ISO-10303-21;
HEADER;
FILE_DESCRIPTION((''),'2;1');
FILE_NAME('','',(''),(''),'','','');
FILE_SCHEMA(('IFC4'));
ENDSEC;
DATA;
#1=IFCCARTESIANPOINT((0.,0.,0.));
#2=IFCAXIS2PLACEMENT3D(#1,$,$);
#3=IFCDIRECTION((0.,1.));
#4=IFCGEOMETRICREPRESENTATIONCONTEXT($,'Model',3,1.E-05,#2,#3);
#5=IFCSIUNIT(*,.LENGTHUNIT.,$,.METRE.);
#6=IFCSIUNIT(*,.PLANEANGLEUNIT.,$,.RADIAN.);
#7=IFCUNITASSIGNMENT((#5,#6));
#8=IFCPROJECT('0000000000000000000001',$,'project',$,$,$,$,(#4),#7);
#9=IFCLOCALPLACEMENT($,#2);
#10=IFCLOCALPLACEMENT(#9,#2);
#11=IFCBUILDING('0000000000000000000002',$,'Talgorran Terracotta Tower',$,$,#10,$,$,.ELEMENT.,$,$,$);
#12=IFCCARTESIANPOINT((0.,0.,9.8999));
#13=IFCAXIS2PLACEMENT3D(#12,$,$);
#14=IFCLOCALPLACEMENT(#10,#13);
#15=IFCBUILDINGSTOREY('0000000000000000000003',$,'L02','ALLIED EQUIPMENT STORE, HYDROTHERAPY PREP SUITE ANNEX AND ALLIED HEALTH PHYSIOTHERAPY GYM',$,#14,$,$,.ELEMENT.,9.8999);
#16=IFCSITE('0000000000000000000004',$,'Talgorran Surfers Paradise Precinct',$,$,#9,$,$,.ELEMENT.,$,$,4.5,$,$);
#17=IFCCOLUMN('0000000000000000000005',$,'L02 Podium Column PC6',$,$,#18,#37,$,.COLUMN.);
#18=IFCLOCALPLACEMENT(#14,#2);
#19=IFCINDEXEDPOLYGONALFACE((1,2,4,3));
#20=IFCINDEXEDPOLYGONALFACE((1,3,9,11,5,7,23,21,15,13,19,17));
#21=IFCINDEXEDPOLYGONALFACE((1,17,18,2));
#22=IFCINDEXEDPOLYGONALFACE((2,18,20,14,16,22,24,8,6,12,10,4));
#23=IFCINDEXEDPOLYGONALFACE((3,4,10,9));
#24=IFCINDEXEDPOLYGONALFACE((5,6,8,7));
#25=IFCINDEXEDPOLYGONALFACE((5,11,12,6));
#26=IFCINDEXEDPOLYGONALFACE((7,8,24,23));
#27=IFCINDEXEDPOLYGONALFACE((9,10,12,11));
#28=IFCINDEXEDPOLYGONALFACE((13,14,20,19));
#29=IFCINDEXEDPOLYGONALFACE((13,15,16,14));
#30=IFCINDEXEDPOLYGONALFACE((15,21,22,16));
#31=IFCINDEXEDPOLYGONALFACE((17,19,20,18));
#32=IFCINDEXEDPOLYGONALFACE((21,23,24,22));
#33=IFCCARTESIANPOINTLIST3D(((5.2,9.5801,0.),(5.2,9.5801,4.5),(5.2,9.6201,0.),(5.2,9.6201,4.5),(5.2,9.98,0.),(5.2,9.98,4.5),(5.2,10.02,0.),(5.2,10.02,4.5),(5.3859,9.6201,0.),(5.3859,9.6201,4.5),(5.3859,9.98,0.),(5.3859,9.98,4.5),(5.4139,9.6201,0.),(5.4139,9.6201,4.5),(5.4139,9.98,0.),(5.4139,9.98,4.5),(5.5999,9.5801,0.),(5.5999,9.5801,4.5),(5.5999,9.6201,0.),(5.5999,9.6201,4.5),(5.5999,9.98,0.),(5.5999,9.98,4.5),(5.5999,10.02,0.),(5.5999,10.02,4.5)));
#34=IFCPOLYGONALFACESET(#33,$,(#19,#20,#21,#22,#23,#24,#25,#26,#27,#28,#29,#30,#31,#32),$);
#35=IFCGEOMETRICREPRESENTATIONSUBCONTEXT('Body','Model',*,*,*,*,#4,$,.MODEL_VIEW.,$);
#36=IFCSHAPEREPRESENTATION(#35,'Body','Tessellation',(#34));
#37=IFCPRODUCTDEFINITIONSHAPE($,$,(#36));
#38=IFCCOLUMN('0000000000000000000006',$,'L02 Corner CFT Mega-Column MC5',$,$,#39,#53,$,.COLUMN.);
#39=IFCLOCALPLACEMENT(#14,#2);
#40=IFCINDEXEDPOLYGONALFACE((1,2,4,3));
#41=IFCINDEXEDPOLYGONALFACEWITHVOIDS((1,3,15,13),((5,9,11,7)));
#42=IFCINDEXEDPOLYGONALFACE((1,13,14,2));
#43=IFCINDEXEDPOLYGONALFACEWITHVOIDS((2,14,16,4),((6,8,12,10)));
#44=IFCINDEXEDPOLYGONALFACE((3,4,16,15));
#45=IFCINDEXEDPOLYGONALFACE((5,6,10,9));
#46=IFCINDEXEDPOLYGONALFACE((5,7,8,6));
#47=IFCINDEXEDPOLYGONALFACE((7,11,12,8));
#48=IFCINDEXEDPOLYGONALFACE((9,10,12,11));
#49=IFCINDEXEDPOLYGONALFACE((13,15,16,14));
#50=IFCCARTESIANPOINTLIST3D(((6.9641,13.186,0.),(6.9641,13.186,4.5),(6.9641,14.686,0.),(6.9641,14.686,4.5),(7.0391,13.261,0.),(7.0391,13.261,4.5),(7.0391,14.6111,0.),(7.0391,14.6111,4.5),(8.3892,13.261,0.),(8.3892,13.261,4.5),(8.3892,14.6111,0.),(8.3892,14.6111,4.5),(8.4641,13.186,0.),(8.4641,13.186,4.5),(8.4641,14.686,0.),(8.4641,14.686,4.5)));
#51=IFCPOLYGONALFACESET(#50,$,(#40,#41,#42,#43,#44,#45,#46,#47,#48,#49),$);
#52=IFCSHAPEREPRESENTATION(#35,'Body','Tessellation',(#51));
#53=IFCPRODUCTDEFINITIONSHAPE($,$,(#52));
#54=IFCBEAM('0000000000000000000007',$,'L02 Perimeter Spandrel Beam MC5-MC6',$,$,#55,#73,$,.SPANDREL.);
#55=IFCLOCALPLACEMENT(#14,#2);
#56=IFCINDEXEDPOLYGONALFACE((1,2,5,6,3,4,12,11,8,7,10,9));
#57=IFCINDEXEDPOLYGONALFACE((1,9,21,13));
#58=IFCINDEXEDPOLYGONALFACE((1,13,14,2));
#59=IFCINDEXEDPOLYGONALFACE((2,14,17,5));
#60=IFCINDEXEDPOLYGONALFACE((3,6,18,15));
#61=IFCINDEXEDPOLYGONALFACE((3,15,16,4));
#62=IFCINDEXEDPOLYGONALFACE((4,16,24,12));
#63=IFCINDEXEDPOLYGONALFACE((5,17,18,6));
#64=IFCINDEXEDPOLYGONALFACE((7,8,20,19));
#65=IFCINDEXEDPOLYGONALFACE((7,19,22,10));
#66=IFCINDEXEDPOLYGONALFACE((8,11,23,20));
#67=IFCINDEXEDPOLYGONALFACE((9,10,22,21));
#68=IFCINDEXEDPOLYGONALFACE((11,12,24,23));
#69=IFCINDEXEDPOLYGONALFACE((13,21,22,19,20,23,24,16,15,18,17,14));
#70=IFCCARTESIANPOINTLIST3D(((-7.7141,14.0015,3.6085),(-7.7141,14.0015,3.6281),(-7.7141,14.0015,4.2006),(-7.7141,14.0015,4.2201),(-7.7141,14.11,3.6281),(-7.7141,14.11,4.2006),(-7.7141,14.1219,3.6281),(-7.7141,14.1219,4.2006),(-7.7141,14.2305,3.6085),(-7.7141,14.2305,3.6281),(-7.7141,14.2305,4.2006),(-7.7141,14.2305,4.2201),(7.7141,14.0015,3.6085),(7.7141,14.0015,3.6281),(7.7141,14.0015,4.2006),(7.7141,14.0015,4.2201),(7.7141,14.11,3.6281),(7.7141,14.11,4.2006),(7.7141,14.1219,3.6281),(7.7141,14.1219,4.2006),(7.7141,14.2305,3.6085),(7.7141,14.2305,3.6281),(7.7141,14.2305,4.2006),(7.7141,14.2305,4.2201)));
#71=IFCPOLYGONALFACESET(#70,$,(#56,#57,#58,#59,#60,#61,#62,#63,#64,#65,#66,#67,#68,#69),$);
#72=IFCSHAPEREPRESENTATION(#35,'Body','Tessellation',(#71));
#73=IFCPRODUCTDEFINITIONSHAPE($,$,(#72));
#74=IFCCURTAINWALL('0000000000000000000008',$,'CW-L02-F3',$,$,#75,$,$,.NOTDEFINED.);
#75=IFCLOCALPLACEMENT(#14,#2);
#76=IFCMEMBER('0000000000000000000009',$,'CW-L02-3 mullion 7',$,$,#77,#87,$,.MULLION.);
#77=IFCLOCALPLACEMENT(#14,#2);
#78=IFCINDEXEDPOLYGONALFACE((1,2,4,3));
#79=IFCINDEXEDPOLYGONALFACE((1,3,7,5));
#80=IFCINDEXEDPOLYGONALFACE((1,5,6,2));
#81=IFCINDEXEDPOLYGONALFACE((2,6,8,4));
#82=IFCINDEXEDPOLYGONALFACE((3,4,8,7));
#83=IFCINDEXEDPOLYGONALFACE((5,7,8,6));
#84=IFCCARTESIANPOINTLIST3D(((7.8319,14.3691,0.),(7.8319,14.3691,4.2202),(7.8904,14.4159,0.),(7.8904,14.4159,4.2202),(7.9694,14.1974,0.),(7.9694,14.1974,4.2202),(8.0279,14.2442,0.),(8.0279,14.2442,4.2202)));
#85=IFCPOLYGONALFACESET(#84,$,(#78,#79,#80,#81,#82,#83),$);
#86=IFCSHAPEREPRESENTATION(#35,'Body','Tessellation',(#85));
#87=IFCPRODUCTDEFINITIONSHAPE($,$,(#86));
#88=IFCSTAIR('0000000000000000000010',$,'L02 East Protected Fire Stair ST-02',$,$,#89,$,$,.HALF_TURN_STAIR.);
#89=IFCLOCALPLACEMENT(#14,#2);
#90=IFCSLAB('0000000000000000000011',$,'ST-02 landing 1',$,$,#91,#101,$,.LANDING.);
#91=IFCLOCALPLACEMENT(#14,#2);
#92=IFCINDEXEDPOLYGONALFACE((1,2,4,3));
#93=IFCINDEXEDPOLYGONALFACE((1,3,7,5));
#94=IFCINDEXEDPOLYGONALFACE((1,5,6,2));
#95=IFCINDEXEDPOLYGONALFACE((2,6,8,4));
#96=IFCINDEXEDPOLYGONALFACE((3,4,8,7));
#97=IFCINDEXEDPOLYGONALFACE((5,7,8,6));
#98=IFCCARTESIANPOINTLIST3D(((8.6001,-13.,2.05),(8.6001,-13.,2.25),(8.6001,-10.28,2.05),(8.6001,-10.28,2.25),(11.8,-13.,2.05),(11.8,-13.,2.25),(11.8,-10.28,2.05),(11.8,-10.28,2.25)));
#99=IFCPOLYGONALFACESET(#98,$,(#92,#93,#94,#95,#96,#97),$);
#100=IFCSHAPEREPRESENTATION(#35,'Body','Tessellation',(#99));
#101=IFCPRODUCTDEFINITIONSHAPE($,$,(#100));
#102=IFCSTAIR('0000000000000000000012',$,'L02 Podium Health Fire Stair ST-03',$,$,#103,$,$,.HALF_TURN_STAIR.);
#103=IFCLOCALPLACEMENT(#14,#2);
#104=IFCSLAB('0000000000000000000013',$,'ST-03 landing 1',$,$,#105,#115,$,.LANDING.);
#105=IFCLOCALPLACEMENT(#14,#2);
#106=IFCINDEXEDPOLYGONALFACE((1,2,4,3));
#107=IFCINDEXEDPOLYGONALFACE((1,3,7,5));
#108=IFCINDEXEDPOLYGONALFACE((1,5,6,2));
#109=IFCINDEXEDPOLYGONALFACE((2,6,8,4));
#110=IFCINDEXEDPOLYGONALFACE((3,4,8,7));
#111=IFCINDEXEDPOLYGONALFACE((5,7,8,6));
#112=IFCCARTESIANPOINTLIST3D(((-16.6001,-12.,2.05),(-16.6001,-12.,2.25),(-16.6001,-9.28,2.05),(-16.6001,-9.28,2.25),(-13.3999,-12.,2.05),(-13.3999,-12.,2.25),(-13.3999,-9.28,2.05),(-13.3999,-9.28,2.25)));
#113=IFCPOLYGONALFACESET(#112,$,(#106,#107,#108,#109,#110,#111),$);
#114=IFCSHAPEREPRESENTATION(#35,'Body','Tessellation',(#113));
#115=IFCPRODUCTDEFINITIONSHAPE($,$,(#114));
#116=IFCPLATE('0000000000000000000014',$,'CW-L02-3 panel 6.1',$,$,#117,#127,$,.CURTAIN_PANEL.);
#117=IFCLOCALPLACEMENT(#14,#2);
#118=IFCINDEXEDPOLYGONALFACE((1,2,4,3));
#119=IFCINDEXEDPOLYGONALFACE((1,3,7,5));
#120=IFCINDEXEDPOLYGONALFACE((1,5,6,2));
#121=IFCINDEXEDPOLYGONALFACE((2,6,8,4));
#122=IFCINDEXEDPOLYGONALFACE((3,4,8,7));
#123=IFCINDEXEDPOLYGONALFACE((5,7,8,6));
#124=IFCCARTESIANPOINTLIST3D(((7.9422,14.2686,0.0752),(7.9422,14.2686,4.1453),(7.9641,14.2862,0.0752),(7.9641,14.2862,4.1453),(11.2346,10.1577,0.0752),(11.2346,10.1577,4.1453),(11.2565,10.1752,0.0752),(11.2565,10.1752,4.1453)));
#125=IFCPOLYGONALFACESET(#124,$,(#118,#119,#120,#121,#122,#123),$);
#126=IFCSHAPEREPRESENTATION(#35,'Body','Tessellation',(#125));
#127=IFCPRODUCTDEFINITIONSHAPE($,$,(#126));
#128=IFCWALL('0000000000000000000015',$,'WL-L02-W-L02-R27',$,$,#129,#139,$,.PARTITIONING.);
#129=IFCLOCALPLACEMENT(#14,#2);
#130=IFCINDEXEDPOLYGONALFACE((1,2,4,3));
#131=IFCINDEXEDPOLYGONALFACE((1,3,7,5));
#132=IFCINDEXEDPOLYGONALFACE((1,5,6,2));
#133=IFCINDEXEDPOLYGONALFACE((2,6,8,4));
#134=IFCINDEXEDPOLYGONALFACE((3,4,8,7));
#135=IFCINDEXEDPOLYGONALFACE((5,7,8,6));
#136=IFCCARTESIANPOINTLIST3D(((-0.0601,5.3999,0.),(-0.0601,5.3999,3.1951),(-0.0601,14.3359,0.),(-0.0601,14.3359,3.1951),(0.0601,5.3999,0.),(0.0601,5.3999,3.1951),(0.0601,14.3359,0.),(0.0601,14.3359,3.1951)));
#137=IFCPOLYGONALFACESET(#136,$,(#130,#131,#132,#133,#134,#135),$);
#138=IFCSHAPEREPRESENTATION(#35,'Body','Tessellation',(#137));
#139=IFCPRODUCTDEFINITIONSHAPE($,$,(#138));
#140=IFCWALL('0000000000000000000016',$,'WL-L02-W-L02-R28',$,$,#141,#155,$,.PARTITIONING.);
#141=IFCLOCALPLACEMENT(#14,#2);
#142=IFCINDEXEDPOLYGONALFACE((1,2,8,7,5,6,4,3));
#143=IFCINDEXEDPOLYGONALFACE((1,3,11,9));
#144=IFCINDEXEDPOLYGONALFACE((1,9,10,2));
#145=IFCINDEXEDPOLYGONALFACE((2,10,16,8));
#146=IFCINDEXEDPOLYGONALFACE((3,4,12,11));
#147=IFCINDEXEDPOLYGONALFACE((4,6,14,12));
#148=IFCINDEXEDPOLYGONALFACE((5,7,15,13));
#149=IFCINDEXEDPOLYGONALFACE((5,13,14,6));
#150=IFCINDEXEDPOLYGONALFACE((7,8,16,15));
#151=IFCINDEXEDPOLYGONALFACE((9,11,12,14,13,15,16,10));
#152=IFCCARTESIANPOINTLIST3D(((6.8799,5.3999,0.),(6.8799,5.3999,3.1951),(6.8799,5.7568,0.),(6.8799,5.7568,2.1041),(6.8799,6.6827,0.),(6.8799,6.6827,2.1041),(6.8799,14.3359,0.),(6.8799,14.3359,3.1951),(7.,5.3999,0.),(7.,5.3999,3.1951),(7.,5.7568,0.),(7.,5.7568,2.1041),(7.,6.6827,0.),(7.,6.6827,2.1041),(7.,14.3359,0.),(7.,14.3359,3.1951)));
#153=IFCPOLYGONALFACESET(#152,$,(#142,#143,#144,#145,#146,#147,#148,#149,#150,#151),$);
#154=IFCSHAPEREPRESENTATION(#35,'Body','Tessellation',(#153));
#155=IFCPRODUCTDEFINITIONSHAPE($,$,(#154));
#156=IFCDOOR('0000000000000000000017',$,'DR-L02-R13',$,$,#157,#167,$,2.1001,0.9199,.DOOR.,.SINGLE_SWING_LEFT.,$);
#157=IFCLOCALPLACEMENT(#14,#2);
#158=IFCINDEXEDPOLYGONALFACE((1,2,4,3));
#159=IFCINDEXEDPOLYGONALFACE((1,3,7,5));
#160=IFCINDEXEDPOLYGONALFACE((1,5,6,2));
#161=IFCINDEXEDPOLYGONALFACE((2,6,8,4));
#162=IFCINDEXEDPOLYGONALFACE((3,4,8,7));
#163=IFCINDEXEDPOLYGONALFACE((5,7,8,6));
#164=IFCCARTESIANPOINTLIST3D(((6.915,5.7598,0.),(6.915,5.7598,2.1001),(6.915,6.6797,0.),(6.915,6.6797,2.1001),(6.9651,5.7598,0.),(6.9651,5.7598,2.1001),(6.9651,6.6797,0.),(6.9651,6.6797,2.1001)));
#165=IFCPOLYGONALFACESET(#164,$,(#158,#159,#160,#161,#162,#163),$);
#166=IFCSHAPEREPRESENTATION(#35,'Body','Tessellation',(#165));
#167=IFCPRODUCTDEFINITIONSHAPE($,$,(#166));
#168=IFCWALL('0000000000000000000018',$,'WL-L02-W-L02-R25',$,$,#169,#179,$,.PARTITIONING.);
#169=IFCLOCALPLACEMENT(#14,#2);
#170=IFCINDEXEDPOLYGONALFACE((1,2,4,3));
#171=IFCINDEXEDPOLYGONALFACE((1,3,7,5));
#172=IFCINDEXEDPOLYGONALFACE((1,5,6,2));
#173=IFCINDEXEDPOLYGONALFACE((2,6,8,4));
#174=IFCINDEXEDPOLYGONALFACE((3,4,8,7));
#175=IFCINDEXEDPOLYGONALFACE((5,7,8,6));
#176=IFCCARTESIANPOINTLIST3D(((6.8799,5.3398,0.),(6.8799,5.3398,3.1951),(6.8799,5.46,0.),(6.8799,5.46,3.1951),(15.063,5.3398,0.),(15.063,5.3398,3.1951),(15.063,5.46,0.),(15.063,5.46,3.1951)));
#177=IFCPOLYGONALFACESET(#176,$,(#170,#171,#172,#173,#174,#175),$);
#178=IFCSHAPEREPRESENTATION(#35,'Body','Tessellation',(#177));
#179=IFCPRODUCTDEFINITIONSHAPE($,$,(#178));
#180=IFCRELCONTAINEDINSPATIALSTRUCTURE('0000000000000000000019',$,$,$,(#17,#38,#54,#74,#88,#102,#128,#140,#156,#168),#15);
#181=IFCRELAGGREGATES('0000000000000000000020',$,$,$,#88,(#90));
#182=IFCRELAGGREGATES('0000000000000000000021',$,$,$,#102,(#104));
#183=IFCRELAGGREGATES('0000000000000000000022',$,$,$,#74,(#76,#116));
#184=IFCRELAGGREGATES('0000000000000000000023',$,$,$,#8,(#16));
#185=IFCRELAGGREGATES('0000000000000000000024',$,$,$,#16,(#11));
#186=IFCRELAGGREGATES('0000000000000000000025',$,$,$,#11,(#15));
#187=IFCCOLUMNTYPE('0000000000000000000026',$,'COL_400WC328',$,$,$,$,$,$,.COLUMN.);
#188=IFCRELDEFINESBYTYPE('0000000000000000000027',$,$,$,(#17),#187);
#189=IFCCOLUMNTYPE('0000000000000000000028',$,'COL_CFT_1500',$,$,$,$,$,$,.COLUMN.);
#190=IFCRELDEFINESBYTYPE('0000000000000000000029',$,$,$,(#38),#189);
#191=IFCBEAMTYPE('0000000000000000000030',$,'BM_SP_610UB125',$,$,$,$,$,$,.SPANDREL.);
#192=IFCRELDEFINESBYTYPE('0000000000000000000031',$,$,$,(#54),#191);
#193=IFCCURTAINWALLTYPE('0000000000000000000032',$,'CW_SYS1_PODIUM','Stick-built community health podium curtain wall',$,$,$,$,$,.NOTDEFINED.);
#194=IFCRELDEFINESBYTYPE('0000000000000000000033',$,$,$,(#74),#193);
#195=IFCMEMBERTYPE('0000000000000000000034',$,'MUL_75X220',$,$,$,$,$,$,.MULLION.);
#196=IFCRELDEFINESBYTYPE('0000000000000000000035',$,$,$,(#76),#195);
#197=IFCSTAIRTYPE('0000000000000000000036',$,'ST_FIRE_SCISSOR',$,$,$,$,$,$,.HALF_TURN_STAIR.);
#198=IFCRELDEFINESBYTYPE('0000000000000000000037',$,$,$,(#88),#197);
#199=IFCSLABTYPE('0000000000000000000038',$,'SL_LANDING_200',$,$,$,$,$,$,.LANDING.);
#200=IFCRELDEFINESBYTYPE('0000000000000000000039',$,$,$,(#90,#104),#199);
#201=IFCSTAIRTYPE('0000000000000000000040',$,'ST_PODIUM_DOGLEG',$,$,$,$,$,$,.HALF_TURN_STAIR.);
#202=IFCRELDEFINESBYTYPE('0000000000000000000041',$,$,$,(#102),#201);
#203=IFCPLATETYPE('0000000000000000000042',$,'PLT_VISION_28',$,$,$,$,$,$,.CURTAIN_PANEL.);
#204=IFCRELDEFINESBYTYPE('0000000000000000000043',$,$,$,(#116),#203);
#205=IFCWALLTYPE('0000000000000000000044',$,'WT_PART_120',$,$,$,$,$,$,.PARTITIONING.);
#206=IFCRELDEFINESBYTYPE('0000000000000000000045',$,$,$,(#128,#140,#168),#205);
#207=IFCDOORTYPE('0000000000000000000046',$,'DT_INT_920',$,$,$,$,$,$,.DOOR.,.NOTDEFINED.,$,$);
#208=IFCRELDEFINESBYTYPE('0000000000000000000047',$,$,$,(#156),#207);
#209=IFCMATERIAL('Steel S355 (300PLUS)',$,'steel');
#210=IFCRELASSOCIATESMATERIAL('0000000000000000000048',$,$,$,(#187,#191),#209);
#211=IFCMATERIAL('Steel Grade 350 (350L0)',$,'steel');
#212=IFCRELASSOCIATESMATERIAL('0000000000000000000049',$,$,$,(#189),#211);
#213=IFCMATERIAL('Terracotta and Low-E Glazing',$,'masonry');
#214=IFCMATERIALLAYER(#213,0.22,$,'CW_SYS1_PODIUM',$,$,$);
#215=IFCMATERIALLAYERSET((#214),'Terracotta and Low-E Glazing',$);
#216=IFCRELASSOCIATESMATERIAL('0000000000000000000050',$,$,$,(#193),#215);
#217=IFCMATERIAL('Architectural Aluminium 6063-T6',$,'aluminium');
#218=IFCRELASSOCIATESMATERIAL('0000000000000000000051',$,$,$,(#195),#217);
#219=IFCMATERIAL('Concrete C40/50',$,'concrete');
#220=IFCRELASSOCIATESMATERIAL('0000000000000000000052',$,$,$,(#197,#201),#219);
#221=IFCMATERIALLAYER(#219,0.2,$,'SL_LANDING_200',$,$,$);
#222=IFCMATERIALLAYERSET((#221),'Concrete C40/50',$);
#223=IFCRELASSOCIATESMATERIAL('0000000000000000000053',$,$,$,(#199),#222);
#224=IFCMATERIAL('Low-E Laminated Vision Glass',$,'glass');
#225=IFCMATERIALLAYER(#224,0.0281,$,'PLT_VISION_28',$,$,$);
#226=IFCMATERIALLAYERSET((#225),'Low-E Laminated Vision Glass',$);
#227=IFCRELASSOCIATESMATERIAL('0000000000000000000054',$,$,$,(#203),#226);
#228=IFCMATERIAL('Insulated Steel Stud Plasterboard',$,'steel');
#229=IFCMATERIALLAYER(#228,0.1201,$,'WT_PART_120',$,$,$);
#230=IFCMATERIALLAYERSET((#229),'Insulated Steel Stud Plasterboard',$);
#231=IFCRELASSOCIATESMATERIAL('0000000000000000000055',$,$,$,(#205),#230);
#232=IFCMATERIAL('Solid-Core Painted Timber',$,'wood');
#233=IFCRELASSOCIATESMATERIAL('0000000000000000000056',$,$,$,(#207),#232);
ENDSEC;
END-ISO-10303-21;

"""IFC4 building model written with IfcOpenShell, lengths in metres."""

from ifc_helpers import new_model, si_unit, direction, frame, frame_2d, origin, origin_2d, place, context, subcontext, project, spatial, polyline, rectangle, hollow_rectangle, i_section, outline, extrude, source, transform, mapped, material, layer, layer_set, material_profile, profile_set, type_object, type_shapes, element, fill, aggregate, save


model = new_model("IFC4")

# Units and contexts
model_context = context("Model", 3, precision=1e-05, world=origin(), true_north=direction((0.0, 1.0)))
body_context = subcontext(model_context, "Body", "Model", "MODEL_VIEW")
ifc_project = project(units=[si_unit("LENGTHUNIT", "METRE"), si_unit("PLANEANGLEUNIT", "RADIAN")], contexts=[model_context])

# Site, building, storey
site_placement = place(None, origin())
site = spatial("IfcSite", under=ifc_project, at=site_placement, Name="Talgorran Surfers Paradise Precinct", CompositionType="ELEMENT", RefElevation=4.5)
building_placement = place(site_placement, origin())
building = spatial("IfcBuilding", under=site, at=building_placement, Name="Talgorran Terracotta Tower", CompositionType="ELEMENT")
storey_placement = place(building_placement, frame((0.0, 0.0, 9.8999)))
storey = spatial("IfcBuildingStorey", under=building, at=storey_placement, Name="L02", Description="ALLIED EQUIPMENT STORE, HYDROTHERAPY PREP SUITE ANNEX AND ALLIED HEALTH PHYSIOTHERAPY GYM", CompositionType="ELEMENT", Elevation=9.8999)

# Columns
ifc_material_1 = material(Name="Steel S355 (300PLUS)", Category="steel")
ifc_material_profile_1 = material_profile(ifc_material_1, i_section(OverallWidth=0.3999, OverallDepth=0.4399, WebThickness=0.0281, FlangeThickness=0.04, at=origin_2d()), Name="400WC328")
ifc_profile_set_1 = profile_set([ifc_material_profile_1], Name="Steel S355 (300PLUS)")
column_type_1 = type_object("IfcColumnType", Name="COL_400WC328", PredefinedType="COLUMN", material=ifc_profile_set_1)
column_1_placement = place(storey_placement, frame((5.3999, 9.8, 0.0), z_axis=(0.0, 0.0, 1.0), x_axis=(1.0, 0.0, 0.0)))
element("IfcColumn", 1, at=column_1_placement, inside=storey, type_object=column_type_1, Name="L02 Podium Column PC6", PredefinedType="COLUMN", context=body_context, shape_type="SweptSolid", body=[
    extrude(i_section(OverallWidth=0.3999, OverallDepth=0.4399, WebThickness=0.0281, FlangeThickness=0.04, at=origin_2d()), origin(), (0.0, 0.0, 1.0), 4.5),
])
ifc_material_2 = material(Name="Steel Grade 350 (350L0)", Category="steel")
ifc_material_profile_2 = material_profile(ifc_material_2, hollow_rectangle(XDim=1.5, YDim=1.5, WallThickness=0.075, at=origin_2d()), Name="CFT1500X1500X75")
ifc_profile_set_2 = profile_set([ifc_material_profile_2], Name="Steel Grade 350 (350L0)")
column_type_2 = type_object("IfcColumnType", Name="COL_CFT_1500", PredefinedType="COLUMN", material=ifc_profile_set_2)
column_2_placement = place(storey_placement, frame((7.7141, 13.936, 0.0), z_axis=(0.0, 0.0, 1.0), x_axis=(1.0, 0.0, 0.0)))
element("IfcColumn", 2, at=column_2_placement, inside=storey, type_object=column_type_2, Name="L02 Corner CFT Mega-Column MC5", PredefinedType="COLUMN", context=body_context, shape_type="SweptSolid", body=[
    extrude(hollow_rectangle(XDim=1.5, YDim=1.5, WallThickness=0.075, at=origin_2d()), origin(), (0.0, 0.0, 1.0), 4.5),
])

# Beam
ifc_material_profile_3 = material_profile(ifc_material_1, i_section(OverallWidth=0.229, OverallDepth=0.6116, WebThickness=0.012, FlangeThickness=0.0195, at=origin_2d()), Name="610UB125")
ifc_profile_set_3 = profile_set([ifc_material_profile_3], Name="Steel S355 (300PLUS)")
beam_type = type_object("IfcBeamType", Name="BM_SP_610UB125", PredefinedType="SPANDREL", material=ifc_profile_set_3)
beam_placement = place(storey_placement, frame((7.7141, 14.116, 3.9143), z_axis=(-1.0, 0.0, 0.0), x_axis=(0.0, -1.0, 0.0)))
element("IfcBeam", 3, at=beam_placement, inside=storey, type_object=beam_type, Name="L02 Perimeter Spandrel Beam MC5-MC6", PredefinedType="SPANDREL", context=body_context, shape_type="SweptSolid", body=[
    extrude(i_section(OverallWidth=0.229, OverallDepth=0.6116, WebThickness=0.012, FlangeThickness=0.0195, at=origin_2d()), origin(), (0.0, 0.0, 1.0), 15.4282),
])

# Curtain wall, member
ifc_material_3 = material(Name="Terracotta and Low-E Glazing", Category="masonry")
ifc_layer_1 = layer(ifc_material_3, 0.22, Name="CW_SYS1_PODIUM")
ifc_layer_set_1 = layer_set([ifc_layer_1], Name="Terracotta and Low-E Glazing")
curtain_wall_type = type_object("IfcCurtainWallType", Name="CW_SYS1_PODIUM", Description="Stick-built community health podium curtain wall", PredefinedType="NOTDEFINED", material=ifc_layer_set_1)
curtain_wall_placement = place(storey_placement, origin())
curtain_wall = element("IfcCurtainWall", 4, at=curtain_wall_placement, inside=storey, type_object=curtain_wall_type, Name="CW-L02-F3", PredefinedType="NOTDEFINED")
ifc_material_4 = material(Name="Architectural Aluminium 6063-T6", Category="aluminium")
ifc_material_profile_4 = material_profile(ifc_material_4, rectangle(XDim=0.075, YDim=0.22, at=origin_2d()), Name="CWM75X220")
ifc_profile_set_4 = profile_set([ifc_material_profile_4], Name="Architectural Aluminium 6063-T6")
member_type = type_object("IfcMemberType", Name="MUL_75X220", PredefinedType="MULLION", material=ifc_profile_set_4)
member_placement = place(storey_placement, frame((7.9299, 14.3066, 0.0), z_axis=(0.0, 0.0, 1.0), x_axis=(-0.780532, -0.625116, 0.0)))
member = element("IfcMember", 5, at=member_placement, type_object=member_type, Name="CW-L02-3 mullion 7", PredefinedType="MULLION", context=body_context, shape_type="SweptSolid", body=[
    extrude(rectangle(XDim=0.075, YDim=0.22, at=origin_2d()), origin(), (0.0, 0.0, 1.0), 4.2202),
])

# Stairs, slabs
ifc_material_5 = material(Name="Concrete C40/50", Category="concrete")
stair_type_1 = type_object("IfcStairType", Name="ST_FIRE_SCISSOR", PredefinedType="HALF_TURN_STAIR", material=ifc_material_5)
stair_1_placement = place(storey_placement, origin())
stair_1 = element("IfcStair", 6, at=stair_1_placement, inside=storey, type_object=stair_type_1, Name="L02 East Protected Fire Stair ST-02", PredefinedType="HALF_TURN_STAIR")
ifc_layer_2 = layer(ifc_material_5, 0.2, Name="SL_LANDING_200")
ifc_layer_set_2 = layer_set([ifc_layer_2], Name="Concrete C40/50")
slab_type = type_object("IfcSlabType", Name="SL_LANDING_200", PredefinedType="LANDING", material=ifc_layer_set_2)
slab_1_placement = place(storey_placement, frame((0.0, 0.0, 2.05)))
slab_1 = element("IfcSlab", 7, at=slab_1_placement, type_object=slab_type, Name="ST-02 landing 1", PredefinedType="LANDING", context=body_context, shape_type="SweptSolid", body=[
    extrude(outline(polyline([(8.6001, -10.28), (8.6001, -13.0), (11.8, -13.0), (11.8, -10.28), (8.6001, -10.28)])), origin(), (0.0, 0.0, 1.0), 0.2),
])
aggregate(stair_1, [slab_1])
stair_type_2 = type_object("IfcStairType", Name="ST_PODIUM_DOGLEG", PredefinedType="HALF_TURN_STAIR", material=ifc_material_5)
stair_2_placement = place(storey_placement, origin())
stair_2 = element("IfcStair", 8, at=stair_2_placement, inside=storey, type_object=stair_type_2, Name="L02 Podium Health Fire Stair ST-03", PredefinedType="HALF_TURN_STAIR")
slab_2_placement = place(storey_placement, frame((0.0, 0.0, 2.05)))
slab_2 = element("IfcSlab", 9, at=slab_2_placement, type_object=slab_type, Name="ST-03 landing 1", PredefinedType="LANDING", context=body_context, shape_type="SweptSolid", body=[
    extrude(outline(polyline([(-16.6001, -9.28), (-16.6001, -12.0), (-13.3999, -12.0), (-13.3999, -9.28), (-16.6001, -9.28)])), origin(), (0.0, 0.0, 1.0), 0.2),
])
aggregate(stair_2, [slab_2])

# Plate
ifc_material_6 = material(Name="Low-E Laminated Vision Glass", Category="glass")
ifc_layer_3 = layer(ifc_material_6, 0.0281, Name="PLT_VISION_28")
ifc_layer_set_3 = layer_set([ifc_layer_3], Name="Low-E Laminated Vision Glass")
plate_type = type_object("IfcPlateType", Name="PLT_VISION_28", PredefinedType="CURTAIN_PANEL", material=ifc_layer_set_3)
shared_shape = source(origin(), body_context, "Body", "SweptSolid", [
    extrude(rectangle(XDim=5.2668, YDim=0.0281, at=origin_2d()), origin(), (0.0, 0.0, 1.0), 4.0701),
])
type_shapes(plate_type, [shared_shape])
plate_placement = place(storey_placement, frame((9.5994, 12.2219, 0.0752), z_axis=(0.0, 0.0, 1.0), x_axis=(-0.625116, 0.780532, 0.0)))
plate = element("IfcPlate", 10, at=plate_placement, type_object=plate_type, Name="CW-L02-3 panel 6.1", PredefinedType="CURTAIN_PANEL", context=body_context, shape_type="MappedRepresentation", body=[
    mapped(shared_shape, transform((0.0, 0.0, 0.0), scale=1.0)),
])
aggregate(curtain_wall, [member, plate])

# Wall
ifc_material_7 = material(Name="Insulated Steel Stud Plasterboard", Category="steel")
ifc_layer_4 = layer(ifc_material_7, 0.1201, Name="WT_PART_120")
ifc_layer_set_4 = layer_set([ifc_layer_4], Name="Insulated Steel Stud Plasterboard")
wall_type_1 = type_object("IfcWallType", Name="WT_PART_120", PredefinedType="PARTITIONING", material=ifc_layer_set_4)
wall_1_placement = place(storey_placement, frame((0.0, 5.3999, 0.0), z_axis=(0.0, 0.0, 1.0), x_axis=(0.0, 1.0, 0.0)))
element("IfcWall", 11, at=wall_1_placement, inside=storey, type_object=wall_type_1, Name="WL-L02-W-L02-R27", PredefinedType="PARTITIONING", context=body_context, shape_type="SweptSolid", body=[
    extrude(rectangle(XDim=8.936, YDim=0.1201, at=frame_2d((4.468, 0.0))), origin(), (0.0, 0.0, 1.0), 3.1951),
])

# Wall, opening, door
wall_2_placement = place(storey_placement, frame((6.9399, 5.3999, 0.0), z_axis=(0.0, 0.0, 1.0), x_axis=(0.0, 1.0, 0.0)))
wall_2 = element("IfcWall", 12, at=wall_2_placement, inside=storey, type_object=wall_type_1, Name="WL-L02-W-L02-R28", PredefinedType="PARTITIONING", context=body_context, shape_type="SweptSolid", body=[
    extrude(rectangle(XDim=8.936, YDim=0.1201, at=frame_2d((4.468, 0.0))), origin(), (0.0, 0.0, 1.0), 3.1951),
])
opening_1_placement = place(wall_2_placement, frame((0.3599, 0.0, 0.0)))
opening_1 = element("IfcOpeningElement", 13, at=opening_1_placement, cuts=wall_2, PredefinedType="OPENING", context=body_context, shape_type="SweptSolid", body=[
    extrude(rectangle(XDim=0.9259, YDim=2.1041, at=frame_2d((0.46, 1.052))), frame((0.0, 0.0701, 0.0), z_axis=(0.0, -1.0, 0.0), x_axis=(1.0, 0.0, 0.0)), (0.0, 0.0, 1.0), 0.1401),
])
ifc_material_8 = material(Name="Solid-Core Painted Timber", Category="wood")
door_type = type_object("IfcDoorType", Name="DT_INT_920", OperationType="NOTDEFINED", PredefinedType="DOOR", material=ifc_material_8)
door_1_placement = place(opening_1_placement, origin())
door_1 = element("IfcDoor", 14, at=door_1_placement, inside=storey, type_object=door_type, Name="DR-L02-R13", OperationType="SINGLE_SWING_LEFT", OverallHeight=2.1001, OverallWidth=0.9199, PredefinedType="DOOR", context=body_context, shape_type="SweptSolid", body=[
    extrude(rectangle(XDim=0.9199, YDim=2.1001, at=frame_2d((0.46, 1.05))), frame((0.0, 0.0249, 0.0), z_axis=(0.0, -1.0, 0.0), x_axis=(1.0, 0.0, 0.0)), (0.0, 0.0, 1.0), 0.05),
])
fill(opening_1, door_1)

# Wall
wall_3_placement = place(storey_placement, frame((6.8799, 5.3999, 0.0), z_axis=(0.0, 0.0, 1.0), x_axis=(1.0, 0.0, 0.0)))
element("IfcWall", 15, at=wall_3_placement, inside=storey, type_object=wall_type_1, Name="WL-L02-W-L02-R25", PredefinedType="PARTITIONING", context=body_context, shape_type="SweptSolid", body=[
    extrude(rectangle(XDim=8.1831, YDim=0.1201, at=frame_2d((4.0916, 0.0))), origin(), (0.0, 0.0, 1.0), 3.1951),
])

save(model, "model.ifc")
